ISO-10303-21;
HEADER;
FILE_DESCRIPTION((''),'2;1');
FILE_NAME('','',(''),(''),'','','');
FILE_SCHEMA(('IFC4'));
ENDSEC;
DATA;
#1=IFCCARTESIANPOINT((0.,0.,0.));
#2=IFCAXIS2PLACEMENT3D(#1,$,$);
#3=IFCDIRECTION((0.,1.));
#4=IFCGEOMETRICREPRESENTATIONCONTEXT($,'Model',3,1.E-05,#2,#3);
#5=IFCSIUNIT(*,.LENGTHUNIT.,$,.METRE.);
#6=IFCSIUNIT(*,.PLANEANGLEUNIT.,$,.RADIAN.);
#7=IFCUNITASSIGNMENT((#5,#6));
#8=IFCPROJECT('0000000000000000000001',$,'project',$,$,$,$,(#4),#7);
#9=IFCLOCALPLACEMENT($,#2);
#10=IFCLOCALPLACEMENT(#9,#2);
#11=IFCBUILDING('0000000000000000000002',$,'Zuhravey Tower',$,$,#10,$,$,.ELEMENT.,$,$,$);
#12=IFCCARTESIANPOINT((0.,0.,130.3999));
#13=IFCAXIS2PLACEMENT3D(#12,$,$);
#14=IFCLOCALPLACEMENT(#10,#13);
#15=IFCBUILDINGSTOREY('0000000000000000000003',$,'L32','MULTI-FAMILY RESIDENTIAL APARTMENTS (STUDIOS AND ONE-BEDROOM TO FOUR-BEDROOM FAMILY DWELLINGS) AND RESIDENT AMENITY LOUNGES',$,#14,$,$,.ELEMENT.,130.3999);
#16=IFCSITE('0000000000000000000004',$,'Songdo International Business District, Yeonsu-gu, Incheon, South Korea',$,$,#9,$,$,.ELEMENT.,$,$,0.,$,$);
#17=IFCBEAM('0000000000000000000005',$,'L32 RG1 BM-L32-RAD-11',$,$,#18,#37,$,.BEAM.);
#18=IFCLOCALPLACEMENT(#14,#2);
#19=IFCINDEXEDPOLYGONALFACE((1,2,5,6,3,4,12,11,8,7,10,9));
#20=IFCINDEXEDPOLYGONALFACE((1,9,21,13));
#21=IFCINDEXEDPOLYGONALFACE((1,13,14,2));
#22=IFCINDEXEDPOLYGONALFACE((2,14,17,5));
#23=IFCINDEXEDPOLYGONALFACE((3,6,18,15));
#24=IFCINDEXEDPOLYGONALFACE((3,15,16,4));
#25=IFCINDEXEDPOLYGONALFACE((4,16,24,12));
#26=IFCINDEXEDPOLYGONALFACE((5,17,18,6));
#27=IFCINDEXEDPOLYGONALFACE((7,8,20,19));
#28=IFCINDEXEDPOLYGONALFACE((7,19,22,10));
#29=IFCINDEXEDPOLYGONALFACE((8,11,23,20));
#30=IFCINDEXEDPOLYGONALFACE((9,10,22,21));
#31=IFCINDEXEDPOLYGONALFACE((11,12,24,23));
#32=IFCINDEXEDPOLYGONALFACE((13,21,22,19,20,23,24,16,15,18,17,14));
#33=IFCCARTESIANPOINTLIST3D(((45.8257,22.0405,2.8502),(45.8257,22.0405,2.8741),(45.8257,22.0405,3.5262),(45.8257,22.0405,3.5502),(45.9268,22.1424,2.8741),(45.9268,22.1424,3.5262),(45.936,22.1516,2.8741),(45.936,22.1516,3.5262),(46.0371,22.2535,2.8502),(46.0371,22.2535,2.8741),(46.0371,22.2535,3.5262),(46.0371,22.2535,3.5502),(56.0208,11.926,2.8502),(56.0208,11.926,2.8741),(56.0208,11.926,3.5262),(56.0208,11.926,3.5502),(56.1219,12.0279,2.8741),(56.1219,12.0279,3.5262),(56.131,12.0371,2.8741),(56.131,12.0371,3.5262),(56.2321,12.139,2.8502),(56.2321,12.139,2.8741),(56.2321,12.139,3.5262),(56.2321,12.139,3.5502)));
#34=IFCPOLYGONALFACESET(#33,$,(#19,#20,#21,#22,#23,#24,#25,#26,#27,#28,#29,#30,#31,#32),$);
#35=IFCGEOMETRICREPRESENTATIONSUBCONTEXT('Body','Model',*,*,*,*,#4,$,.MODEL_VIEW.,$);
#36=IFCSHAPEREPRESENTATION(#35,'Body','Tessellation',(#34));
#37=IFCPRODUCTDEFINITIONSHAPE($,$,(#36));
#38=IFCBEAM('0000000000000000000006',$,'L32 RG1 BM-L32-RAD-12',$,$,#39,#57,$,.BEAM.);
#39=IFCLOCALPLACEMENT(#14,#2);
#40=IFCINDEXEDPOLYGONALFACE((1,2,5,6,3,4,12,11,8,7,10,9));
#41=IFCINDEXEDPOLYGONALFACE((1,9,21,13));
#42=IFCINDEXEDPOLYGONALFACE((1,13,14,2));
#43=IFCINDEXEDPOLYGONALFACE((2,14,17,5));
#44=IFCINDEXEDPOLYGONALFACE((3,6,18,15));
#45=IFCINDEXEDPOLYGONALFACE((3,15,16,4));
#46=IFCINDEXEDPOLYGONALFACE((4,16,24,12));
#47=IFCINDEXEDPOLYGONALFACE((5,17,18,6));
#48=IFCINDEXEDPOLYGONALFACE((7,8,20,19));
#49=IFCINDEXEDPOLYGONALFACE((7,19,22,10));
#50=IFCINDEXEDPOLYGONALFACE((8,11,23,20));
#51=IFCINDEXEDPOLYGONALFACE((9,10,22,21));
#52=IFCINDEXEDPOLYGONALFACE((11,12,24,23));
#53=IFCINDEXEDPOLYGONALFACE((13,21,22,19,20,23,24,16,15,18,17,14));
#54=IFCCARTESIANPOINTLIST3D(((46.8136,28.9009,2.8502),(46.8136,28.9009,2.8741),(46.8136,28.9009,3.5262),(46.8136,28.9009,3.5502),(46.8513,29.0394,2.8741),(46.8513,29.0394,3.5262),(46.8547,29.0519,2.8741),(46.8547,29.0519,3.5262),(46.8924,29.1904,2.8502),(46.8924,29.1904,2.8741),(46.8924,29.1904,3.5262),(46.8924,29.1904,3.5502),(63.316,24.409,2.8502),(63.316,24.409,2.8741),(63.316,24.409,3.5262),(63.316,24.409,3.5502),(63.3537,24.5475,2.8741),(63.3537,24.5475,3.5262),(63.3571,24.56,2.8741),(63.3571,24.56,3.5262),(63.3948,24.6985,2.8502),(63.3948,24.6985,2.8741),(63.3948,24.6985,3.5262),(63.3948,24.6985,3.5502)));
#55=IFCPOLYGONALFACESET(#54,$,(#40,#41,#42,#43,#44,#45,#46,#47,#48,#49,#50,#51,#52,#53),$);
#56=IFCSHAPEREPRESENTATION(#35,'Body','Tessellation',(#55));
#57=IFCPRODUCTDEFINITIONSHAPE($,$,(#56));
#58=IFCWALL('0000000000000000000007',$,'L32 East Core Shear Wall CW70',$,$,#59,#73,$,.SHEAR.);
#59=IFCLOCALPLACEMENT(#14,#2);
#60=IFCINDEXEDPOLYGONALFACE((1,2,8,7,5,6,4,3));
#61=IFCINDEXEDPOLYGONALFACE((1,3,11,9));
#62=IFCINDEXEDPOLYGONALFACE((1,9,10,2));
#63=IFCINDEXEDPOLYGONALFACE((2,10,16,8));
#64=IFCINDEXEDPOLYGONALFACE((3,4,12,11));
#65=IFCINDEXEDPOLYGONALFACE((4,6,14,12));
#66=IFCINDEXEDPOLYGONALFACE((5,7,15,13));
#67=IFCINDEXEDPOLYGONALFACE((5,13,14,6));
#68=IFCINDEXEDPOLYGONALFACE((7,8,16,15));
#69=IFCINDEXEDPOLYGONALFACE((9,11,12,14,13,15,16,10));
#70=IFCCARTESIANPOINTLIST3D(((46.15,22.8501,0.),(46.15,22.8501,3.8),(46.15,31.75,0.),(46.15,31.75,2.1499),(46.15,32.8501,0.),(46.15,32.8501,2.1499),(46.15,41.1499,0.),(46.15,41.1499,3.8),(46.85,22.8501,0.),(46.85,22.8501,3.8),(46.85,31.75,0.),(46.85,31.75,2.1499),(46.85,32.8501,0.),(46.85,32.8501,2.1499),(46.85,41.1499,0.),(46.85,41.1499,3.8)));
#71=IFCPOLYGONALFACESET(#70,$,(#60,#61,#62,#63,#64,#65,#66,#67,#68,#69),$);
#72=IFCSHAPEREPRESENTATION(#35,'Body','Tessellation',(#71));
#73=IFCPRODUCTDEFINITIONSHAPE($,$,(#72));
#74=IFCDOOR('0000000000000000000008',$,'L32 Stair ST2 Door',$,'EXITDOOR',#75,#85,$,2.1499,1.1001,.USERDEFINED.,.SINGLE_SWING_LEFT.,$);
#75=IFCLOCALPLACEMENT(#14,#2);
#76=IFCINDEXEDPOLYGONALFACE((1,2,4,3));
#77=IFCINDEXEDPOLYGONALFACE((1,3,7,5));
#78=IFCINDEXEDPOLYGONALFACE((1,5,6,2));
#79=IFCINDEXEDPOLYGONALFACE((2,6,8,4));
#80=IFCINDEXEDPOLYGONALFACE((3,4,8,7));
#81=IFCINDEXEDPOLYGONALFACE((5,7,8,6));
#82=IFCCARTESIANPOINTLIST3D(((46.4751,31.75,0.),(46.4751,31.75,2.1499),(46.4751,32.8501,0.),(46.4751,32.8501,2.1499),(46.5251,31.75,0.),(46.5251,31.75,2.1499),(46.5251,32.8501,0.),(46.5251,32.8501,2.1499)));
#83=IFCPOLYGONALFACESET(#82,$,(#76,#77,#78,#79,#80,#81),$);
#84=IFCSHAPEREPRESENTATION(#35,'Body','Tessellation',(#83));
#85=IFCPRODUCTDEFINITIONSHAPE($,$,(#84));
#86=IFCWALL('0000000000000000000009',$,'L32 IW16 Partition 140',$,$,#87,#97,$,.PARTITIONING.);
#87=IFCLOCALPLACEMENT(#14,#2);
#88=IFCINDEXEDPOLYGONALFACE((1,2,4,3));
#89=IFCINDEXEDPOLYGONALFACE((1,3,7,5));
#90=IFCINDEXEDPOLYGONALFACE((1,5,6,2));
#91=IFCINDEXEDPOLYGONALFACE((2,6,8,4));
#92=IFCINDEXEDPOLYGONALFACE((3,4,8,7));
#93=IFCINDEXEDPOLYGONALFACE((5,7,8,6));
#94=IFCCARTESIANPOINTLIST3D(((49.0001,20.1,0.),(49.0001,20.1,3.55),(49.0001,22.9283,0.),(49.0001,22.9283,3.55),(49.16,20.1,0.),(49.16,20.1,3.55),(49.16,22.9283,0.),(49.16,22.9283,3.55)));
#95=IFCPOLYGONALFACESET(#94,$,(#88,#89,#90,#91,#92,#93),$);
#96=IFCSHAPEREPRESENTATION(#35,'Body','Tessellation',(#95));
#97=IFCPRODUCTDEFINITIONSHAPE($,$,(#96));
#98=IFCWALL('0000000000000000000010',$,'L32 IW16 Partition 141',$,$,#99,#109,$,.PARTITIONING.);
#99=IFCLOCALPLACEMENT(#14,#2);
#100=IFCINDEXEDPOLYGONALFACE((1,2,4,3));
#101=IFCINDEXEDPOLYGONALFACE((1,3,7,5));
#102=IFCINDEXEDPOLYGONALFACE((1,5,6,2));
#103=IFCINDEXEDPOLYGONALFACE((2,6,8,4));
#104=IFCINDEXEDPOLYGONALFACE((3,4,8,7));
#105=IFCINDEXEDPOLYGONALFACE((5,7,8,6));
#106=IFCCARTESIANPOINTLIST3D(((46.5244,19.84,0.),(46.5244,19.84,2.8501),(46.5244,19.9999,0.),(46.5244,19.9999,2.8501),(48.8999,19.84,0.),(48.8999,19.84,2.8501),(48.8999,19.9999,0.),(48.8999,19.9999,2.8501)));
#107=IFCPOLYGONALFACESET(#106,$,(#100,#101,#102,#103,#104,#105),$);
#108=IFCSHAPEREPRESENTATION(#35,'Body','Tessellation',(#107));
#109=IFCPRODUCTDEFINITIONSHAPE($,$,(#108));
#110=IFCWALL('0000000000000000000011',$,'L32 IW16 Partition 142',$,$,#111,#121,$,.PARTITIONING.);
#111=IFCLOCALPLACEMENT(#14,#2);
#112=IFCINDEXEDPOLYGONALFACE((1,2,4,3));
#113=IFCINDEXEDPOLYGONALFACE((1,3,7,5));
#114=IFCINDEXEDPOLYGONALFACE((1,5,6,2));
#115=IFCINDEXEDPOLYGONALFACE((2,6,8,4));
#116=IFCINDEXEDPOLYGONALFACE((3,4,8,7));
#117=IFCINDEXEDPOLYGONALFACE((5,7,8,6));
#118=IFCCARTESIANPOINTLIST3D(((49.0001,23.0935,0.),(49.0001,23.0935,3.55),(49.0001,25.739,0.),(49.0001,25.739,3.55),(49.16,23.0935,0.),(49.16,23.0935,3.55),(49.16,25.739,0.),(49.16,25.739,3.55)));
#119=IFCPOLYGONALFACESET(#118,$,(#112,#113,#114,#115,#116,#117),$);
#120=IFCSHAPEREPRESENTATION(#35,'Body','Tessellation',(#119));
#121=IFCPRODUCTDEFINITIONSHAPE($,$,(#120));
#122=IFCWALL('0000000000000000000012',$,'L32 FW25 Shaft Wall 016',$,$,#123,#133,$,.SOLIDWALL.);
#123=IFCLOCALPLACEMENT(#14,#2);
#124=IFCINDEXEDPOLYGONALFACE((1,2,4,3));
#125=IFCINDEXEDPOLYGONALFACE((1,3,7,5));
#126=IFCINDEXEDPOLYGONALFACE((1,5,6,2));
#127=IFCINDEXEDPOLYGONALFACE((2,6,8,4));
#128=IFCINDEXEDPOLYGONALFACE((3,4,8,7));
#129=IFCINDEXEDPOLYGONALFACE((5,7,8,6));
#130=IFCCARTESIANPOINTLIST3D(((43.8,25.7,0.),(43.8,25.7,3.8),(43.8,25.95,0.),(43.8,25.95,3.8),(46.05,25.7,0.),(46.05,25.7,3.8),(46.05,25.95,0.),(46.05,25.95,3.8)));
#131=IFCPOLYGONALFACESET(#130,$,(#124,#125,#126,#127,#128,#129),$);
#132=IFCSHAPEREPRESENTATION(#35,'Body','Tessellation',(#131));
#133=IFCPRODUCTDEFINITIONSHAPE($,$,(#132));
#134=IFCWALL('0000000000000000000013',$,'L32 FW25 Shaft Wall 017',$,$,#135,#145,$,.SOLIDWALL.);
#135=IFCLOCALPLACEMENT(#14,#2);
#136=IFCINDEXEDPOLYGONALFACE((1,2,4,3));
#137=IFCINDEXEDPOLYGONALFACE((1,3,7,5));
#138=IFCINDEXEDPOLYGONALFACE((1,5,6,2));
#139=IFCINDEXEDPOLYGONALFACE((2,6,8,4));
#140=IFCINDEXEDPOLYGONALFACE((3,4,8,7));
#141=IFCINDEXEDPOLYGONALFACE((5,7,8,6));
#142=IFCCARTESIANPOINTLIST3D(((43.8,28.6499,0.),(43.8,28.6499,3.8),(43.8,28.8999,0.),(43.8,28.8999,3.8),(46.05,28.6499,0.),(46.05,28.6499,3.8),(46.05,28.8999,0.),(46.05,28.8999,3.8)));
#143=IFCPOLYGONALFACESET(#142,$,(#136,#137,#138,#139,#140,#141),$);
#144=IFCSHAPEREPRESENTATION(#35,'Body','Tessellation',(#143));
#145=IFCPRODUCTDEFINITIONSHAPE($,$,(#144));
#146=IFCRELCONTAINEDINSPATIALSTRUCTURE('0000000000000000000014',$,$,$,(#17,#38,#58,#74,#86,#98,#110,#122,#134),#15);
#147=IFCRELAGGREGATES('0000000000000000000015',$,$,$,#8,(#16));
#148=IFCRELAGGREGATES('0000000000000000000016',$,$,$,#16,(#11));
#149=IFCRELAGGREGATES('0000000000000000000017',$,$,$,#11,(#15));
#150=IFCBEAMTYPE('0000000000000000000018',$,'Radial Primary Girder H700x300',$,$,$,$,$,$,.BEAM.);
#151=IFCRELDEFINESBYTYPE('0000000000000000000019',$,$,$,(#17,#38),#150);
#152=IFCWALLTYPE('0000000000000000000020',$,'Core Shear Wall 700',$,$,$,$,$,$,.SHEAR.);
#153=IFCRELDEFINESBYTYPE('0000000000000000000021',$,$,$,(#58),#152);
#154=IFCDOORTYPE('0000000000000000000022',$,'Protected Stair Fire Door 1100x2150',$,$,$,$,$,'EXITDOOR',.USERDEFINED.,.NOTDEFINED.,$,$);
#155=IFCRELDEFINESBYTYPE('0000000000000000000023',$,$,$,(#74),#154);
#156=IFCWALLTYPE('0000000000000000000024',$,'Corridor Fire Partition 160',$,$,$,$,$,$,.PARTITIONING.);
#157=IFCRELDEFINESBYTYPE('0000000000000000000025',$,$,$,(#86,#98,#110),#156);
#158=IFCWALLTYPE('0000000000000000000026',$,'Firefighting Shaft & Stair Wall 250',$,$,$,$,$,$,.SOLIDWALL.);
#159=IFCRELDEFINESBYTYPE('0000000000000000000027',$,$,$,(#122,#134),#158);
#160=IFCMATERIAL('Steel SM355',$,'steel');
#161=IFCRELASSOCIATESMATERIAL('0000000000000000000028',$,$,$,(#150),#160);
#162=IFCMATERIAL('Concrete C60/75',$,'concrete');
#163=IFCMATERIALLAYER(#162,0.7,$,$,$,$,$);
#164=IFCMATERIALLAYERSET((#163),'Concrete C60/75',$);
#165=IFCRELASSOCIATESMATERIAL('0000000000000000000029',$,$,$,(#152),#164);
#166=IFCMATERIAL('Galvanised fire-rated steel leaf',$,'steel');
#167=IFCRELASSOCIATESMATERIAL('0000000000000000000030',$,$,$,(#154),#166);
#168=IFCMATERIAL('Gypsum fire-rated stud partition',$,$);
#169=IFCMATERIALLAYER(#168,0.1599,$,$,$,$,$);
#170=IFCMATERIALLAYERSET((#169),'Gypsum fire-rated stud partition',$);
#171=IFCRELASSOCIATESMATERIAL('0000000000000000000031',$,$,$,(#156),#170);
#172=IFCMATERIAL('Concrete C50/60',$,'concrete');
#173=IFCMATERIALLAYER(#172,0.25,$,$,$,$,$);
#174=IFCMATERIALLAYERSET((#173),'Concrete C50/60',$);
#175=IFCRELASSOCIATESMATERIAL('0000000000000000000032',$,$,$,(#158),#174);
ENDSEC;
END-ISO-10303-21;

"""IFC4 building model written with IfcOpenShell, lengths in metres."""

from ifc_helpers import new_model, si_unit, direction, frame, frame_2d, origin, origin_2d, place, context, subcontext, project, spatial, rectangle, i_section, extrude, material, layer, layer_set, material_profile, profile_set, type_object, element, fill, save


model = new_model("IFC4")

# Units and contexts
model_context = context("Model", 3, precision=1e-05, world=origin(), true_north=direction((0.0, 1.0)))
body_context = subcontext(model_context, "Body", "Model", "MODEL_VIEW")
ifc_project = project(units=[si_unit("LENGTHUNIT", "METRE"), si_unit("PLANEANGLEUNIT", "RADIAN")], contexts=[model_context])

# Site, building, storey
site_placement = place(None, origin())
site = spatial("IfcSite", under=ifc_project, at=site_placement, Name="Songdo International Business District, Yeonsu-gu, Incheon, South Korea", CompositionType="ELEMENT", RefElevation=0.0)
building_placement = place(site_placement, origin())
building = spatial("IfcBuilding", under=site, at=building_placement, Name="Zuhravey Tower", CompositionType="ELEMENT")
storey_placement = place(building_placement, frame((0.0, 0.0, 130.3999)))
storey = spatial("IfcBuildingStorey", under=building, at=storey_placement, Name="L32", Description="MULTI-FAMILY RESIDENTIAL APARTMENTS (STUDIOS AND ONE-BEDROOM TO FOUR-BEDROOM FAMILY DWELLINGS) AND RESIDENT AMENITY LOUNGES", CompositionType="ELEMENT", Elevation=130.3999)

# Beams
ifc_material_1 = material(Name="Steel SM355", Category="steel")
ifc_material_profile = material_profile(ifc_material_1, i_section(OverallWidth=0.3, OverallDepth=0.7, WebThickness=0.0129, FlangeThickness=0.0239, at=origin_2d()), Name="H-700x300x13x24")
ifc_profile_set = profile_set([ifc_material_profile], Name="Steel SM355")
beam_type = type_object("IfcBeamType", Name="Radial Primary Girder H700x300", PredefinedType="BEAM", material=ifc_profile_set)
beam_1_placement = place(storey_placement, frame((45.9314, 22.147, 3.2002), z_axis=(0.709906, -0.704296, 0.0), x_axis=(0.704296, 0.709906, 0.0)))
element("IfcBeam", 1, at=beam_1_placement, inside=storey, type_object=beam_type, Name="L32 RG1 BM-L32-RAD-11", PredefinedType="BEAM", context=body_context, shape_type="SweptSolid", body=[
    extrude(i_section(OverallWidth=0.3, OverallDepth=0.7, WebThickness=0.0129, FlangeThickness=0.0239, at=origin_2d()), origin(), (0.0, 0.0, 1.0), 14.3611),
])
beam_2_placement = place(storey_placement, frame((46.853, 29.0457, 3.2002), z_axis=(0.964893, -0.262643, 0.0), x_axis=(0.262643, 0.964893, 0.0)))
element("IfcBeam", 2, at=beam_2_placement, inside=storey, type_object=beam_type, Name="L32 RG1 BM-L32-RAD-12", PredefinedType="BEAM", context=body_context, shape_type="SweptSolid", body=[
    extrude(i_section(OverallWidth=0.3, OverallDepth=0.7, WebThickness=0.0129, FlangeThickness=0.0239, at=origin_2d()), origin(), (0.0, 0.0, 1.0), 17.1028),
])

# Wall, opening, door
ifc_material_2 = material(Name="Concrete C60/75", Category="concrete")
ifc_layer_1 = layer(ifc_material_2, 0.7)
ifc_layer_set_1 = layer_set([ifc_layer_1], Name="Concrete C60/75")
wall_type_1 = type_object("IfcWallType", Name="Core Shear Wall 700", PredefinedType="SHEAR", material=ifc_layer_set_1)
wall_1_placement = place(storey_placement, frame((46.5, 22.8501, 0.0), z_axis=(0.0, 0.0, 1.0), x_axis=(0.0, 1.0, 0.0)))
wall_1 = element("IfcWall", 3, at=wall_1_placement, inside=storey, type_object=wall_type_1, Name="L32 East Core Shear Wall CW70", PredefinedType="SHEAR", context=body_context, shape_type="SweptSolid", body=[
    extrude(rectangle(XDim=18.2998, YDim=0.7, at=frame_2d((9.1499, 0.0))), origin(), (0.0, 0.0, 1.0), 3.8),
])
opening_1_placement = place(wall_1_placement, frame((8.8999, 0.0, 0.0)))
opening_1 = element("IfcOpeningElement", 4, at=opening_1_placement, cuts=wall_1, PredefinedType="OPENING", context=body_context, shape_type="SweptSolid", body=[
    extrude(rectangle(XDim=1.1001, YDim=2.1499, at=frame_2d((0.55, 1.075))), frame((0.0, 0.3621, 0.0), z_axis=(0.0, -1.0, 0.0), x_axis=(1.0, 0.0, 0.0)), (0.0, 0.0, 1.0), 0.7239),
])
ifc_material_3 = material(Name="Galvanised fire-rated steel leaf", Category="steel")
door_type_1 = type_object("IfcDoorType", Name="Protected Stair Fire Door 1100x2150", ElementType="EXITDOOR", OperationType="NOTDEFINED", PredefinedType="USERDEFINED", material=ifc_material_3)
door_1_placement = place(opening_1_placement, origin())
door_1 = element("IfcDoor", 5, at=door_1_placement, inside=storey, type_object=door_type_1, Name="L32 Stair ST2 Door", ObjectType="EXITDOOR", OperationType="SINGLE_SWING_LEFT", OverallHeight=2.1499, OverallWidth=1.1001, PredefinedType="USERDEFINED", context=body_context, shape_type="SweptSolid", body=[
    extrude(rectangle(XDim=1.1001, YDim=2.1499, at=frame_2d((0.55, 1.075))), frame((0.0, 0.0249, 0.0), z_axis=(0.0, -1.0, 0.0), x_axis=(1.0, 0.0, 0.0)), (0.0, 0.0, 1.0), 0.05),
])
fill(opening_1, door_1)

# Walls
ifc_material_4 = material(Name="Gypsum fire-rated stud partition")
ifc_layer_2 = layer(ifc_material_4, 0.1599)
ifc_layer_set_2 = layer_set([ifc_layer_2], Name="Gypsum fire-rated stud partition")
wall_type_2 = type_object("IfcWallType", Name="Corridor Fire Partition 160", PredefinedType="PARTITIONING", material=ifc_layer_set_2)
wall_2_placement = place(storey_placement, frame((49.0801, 20.1001, 0.0), z_axis=(0.0, 0.0, 1.0), x_axis=(0.0, 1.0, 0.0)))
element("IfcWall", 6, at=wall_2_placement, inside=storey, type_object=wall_type_2, Name="L32 IW16 Partition 140", PredefinedType="PARTITIONING", context=body_context, shape_type="SweptSolid", body=[
    extrude(rectangle(XDim=2.8284, YDim=0.1599, at=frame_2d((1.4141, 0.0))), origin(), (0.0, 0.0, 1.0), 3.55),
])
wall_3_placement = place(storey_placement, frame((46.5244, 19.9199, 0.0), z_axis=(0.0, 0.0, 1.0), x_axis=(1.0, 0.0, 0.0)))
element("IfcWall", 7, at=wall_3_placement, inside=storey, type_object=wall_type_2, Name="L32 IW16 Partition 141", PredefinedType="PARTITIONING", context=body_context, shape_type="SweptSolid", body=[
    extrude(rectangle(XDim=2.3755, YDim=0.1599, at=frame_2d((1.1877, 0.0))), origin(), (0.0, 0.0, 1.0), 2.8501),
])
wall_4_placement = place(storey_placement, frame((49.0801, 23.0935, 0.0), z_axis=(0.0, 0.0, 1.0), x_axis=(0.0, 1.0, 0.0)))
element("IfcWall", 8, at=wall_4_placement, inside=storey, type_object=wall_type_2, Name="L32 IW16 Partition 142", PredefinedType="PARTITIONING", context=body_context, shape_type="SweptSolid", body=[
    extrude(rectangle(XDim=2.6455, YDim=0.1599, at=frame_2d((1.3228, 0.0))), origin(), (0.0, 0.0, 1.0), 3.55),
])
ifc_material_5 = material(Name="Concrete C50/60", Category="concrete")
ifc_layer_3 = layer(ifc_material_5, 0.25)
ifc_layer_set_3 = layer_set([ifc_layer_3], Name="Concrete C50/60")
wall_type_3 = type_object("IfcWallType", Name="Firefighting Shaft & Stair Wall 250", PredefinedType="SOLIDWALL", material=ifc_layer_set_3)
for number, where, z_axis, x_axis, name in (
    (9, (43.8, 25.825, 0.0), (0.0, 0.0, 1.0), (1.0, 0.0, 0.0), "L32 FW25 Shaft Wall 016"),
    (10, (43.8, 28.7749, 0.0), (0.0, 0.0, 1.0), (1.0, 0.0, 0.0), "L32 FW25 Shaft Wall 017"),
):
    element("IfcWall", number, at=place(storey_placement, frame(where, z_axis=z_axis, x_axis=x_axis)), inside=storey, type_object=wall_type_3, Name=name, PredefinedType="SOLIDWALL", context=body_context, shape_type="SweptSolid", body=[
        extrude(rectangle(XDim=2.25, YDim=0.25, at=frame_2d((1.125, 0.0))), origin(), (0.0, 0.0, 1.0), 3.8),
    ])

save(model, "model.ifc")
